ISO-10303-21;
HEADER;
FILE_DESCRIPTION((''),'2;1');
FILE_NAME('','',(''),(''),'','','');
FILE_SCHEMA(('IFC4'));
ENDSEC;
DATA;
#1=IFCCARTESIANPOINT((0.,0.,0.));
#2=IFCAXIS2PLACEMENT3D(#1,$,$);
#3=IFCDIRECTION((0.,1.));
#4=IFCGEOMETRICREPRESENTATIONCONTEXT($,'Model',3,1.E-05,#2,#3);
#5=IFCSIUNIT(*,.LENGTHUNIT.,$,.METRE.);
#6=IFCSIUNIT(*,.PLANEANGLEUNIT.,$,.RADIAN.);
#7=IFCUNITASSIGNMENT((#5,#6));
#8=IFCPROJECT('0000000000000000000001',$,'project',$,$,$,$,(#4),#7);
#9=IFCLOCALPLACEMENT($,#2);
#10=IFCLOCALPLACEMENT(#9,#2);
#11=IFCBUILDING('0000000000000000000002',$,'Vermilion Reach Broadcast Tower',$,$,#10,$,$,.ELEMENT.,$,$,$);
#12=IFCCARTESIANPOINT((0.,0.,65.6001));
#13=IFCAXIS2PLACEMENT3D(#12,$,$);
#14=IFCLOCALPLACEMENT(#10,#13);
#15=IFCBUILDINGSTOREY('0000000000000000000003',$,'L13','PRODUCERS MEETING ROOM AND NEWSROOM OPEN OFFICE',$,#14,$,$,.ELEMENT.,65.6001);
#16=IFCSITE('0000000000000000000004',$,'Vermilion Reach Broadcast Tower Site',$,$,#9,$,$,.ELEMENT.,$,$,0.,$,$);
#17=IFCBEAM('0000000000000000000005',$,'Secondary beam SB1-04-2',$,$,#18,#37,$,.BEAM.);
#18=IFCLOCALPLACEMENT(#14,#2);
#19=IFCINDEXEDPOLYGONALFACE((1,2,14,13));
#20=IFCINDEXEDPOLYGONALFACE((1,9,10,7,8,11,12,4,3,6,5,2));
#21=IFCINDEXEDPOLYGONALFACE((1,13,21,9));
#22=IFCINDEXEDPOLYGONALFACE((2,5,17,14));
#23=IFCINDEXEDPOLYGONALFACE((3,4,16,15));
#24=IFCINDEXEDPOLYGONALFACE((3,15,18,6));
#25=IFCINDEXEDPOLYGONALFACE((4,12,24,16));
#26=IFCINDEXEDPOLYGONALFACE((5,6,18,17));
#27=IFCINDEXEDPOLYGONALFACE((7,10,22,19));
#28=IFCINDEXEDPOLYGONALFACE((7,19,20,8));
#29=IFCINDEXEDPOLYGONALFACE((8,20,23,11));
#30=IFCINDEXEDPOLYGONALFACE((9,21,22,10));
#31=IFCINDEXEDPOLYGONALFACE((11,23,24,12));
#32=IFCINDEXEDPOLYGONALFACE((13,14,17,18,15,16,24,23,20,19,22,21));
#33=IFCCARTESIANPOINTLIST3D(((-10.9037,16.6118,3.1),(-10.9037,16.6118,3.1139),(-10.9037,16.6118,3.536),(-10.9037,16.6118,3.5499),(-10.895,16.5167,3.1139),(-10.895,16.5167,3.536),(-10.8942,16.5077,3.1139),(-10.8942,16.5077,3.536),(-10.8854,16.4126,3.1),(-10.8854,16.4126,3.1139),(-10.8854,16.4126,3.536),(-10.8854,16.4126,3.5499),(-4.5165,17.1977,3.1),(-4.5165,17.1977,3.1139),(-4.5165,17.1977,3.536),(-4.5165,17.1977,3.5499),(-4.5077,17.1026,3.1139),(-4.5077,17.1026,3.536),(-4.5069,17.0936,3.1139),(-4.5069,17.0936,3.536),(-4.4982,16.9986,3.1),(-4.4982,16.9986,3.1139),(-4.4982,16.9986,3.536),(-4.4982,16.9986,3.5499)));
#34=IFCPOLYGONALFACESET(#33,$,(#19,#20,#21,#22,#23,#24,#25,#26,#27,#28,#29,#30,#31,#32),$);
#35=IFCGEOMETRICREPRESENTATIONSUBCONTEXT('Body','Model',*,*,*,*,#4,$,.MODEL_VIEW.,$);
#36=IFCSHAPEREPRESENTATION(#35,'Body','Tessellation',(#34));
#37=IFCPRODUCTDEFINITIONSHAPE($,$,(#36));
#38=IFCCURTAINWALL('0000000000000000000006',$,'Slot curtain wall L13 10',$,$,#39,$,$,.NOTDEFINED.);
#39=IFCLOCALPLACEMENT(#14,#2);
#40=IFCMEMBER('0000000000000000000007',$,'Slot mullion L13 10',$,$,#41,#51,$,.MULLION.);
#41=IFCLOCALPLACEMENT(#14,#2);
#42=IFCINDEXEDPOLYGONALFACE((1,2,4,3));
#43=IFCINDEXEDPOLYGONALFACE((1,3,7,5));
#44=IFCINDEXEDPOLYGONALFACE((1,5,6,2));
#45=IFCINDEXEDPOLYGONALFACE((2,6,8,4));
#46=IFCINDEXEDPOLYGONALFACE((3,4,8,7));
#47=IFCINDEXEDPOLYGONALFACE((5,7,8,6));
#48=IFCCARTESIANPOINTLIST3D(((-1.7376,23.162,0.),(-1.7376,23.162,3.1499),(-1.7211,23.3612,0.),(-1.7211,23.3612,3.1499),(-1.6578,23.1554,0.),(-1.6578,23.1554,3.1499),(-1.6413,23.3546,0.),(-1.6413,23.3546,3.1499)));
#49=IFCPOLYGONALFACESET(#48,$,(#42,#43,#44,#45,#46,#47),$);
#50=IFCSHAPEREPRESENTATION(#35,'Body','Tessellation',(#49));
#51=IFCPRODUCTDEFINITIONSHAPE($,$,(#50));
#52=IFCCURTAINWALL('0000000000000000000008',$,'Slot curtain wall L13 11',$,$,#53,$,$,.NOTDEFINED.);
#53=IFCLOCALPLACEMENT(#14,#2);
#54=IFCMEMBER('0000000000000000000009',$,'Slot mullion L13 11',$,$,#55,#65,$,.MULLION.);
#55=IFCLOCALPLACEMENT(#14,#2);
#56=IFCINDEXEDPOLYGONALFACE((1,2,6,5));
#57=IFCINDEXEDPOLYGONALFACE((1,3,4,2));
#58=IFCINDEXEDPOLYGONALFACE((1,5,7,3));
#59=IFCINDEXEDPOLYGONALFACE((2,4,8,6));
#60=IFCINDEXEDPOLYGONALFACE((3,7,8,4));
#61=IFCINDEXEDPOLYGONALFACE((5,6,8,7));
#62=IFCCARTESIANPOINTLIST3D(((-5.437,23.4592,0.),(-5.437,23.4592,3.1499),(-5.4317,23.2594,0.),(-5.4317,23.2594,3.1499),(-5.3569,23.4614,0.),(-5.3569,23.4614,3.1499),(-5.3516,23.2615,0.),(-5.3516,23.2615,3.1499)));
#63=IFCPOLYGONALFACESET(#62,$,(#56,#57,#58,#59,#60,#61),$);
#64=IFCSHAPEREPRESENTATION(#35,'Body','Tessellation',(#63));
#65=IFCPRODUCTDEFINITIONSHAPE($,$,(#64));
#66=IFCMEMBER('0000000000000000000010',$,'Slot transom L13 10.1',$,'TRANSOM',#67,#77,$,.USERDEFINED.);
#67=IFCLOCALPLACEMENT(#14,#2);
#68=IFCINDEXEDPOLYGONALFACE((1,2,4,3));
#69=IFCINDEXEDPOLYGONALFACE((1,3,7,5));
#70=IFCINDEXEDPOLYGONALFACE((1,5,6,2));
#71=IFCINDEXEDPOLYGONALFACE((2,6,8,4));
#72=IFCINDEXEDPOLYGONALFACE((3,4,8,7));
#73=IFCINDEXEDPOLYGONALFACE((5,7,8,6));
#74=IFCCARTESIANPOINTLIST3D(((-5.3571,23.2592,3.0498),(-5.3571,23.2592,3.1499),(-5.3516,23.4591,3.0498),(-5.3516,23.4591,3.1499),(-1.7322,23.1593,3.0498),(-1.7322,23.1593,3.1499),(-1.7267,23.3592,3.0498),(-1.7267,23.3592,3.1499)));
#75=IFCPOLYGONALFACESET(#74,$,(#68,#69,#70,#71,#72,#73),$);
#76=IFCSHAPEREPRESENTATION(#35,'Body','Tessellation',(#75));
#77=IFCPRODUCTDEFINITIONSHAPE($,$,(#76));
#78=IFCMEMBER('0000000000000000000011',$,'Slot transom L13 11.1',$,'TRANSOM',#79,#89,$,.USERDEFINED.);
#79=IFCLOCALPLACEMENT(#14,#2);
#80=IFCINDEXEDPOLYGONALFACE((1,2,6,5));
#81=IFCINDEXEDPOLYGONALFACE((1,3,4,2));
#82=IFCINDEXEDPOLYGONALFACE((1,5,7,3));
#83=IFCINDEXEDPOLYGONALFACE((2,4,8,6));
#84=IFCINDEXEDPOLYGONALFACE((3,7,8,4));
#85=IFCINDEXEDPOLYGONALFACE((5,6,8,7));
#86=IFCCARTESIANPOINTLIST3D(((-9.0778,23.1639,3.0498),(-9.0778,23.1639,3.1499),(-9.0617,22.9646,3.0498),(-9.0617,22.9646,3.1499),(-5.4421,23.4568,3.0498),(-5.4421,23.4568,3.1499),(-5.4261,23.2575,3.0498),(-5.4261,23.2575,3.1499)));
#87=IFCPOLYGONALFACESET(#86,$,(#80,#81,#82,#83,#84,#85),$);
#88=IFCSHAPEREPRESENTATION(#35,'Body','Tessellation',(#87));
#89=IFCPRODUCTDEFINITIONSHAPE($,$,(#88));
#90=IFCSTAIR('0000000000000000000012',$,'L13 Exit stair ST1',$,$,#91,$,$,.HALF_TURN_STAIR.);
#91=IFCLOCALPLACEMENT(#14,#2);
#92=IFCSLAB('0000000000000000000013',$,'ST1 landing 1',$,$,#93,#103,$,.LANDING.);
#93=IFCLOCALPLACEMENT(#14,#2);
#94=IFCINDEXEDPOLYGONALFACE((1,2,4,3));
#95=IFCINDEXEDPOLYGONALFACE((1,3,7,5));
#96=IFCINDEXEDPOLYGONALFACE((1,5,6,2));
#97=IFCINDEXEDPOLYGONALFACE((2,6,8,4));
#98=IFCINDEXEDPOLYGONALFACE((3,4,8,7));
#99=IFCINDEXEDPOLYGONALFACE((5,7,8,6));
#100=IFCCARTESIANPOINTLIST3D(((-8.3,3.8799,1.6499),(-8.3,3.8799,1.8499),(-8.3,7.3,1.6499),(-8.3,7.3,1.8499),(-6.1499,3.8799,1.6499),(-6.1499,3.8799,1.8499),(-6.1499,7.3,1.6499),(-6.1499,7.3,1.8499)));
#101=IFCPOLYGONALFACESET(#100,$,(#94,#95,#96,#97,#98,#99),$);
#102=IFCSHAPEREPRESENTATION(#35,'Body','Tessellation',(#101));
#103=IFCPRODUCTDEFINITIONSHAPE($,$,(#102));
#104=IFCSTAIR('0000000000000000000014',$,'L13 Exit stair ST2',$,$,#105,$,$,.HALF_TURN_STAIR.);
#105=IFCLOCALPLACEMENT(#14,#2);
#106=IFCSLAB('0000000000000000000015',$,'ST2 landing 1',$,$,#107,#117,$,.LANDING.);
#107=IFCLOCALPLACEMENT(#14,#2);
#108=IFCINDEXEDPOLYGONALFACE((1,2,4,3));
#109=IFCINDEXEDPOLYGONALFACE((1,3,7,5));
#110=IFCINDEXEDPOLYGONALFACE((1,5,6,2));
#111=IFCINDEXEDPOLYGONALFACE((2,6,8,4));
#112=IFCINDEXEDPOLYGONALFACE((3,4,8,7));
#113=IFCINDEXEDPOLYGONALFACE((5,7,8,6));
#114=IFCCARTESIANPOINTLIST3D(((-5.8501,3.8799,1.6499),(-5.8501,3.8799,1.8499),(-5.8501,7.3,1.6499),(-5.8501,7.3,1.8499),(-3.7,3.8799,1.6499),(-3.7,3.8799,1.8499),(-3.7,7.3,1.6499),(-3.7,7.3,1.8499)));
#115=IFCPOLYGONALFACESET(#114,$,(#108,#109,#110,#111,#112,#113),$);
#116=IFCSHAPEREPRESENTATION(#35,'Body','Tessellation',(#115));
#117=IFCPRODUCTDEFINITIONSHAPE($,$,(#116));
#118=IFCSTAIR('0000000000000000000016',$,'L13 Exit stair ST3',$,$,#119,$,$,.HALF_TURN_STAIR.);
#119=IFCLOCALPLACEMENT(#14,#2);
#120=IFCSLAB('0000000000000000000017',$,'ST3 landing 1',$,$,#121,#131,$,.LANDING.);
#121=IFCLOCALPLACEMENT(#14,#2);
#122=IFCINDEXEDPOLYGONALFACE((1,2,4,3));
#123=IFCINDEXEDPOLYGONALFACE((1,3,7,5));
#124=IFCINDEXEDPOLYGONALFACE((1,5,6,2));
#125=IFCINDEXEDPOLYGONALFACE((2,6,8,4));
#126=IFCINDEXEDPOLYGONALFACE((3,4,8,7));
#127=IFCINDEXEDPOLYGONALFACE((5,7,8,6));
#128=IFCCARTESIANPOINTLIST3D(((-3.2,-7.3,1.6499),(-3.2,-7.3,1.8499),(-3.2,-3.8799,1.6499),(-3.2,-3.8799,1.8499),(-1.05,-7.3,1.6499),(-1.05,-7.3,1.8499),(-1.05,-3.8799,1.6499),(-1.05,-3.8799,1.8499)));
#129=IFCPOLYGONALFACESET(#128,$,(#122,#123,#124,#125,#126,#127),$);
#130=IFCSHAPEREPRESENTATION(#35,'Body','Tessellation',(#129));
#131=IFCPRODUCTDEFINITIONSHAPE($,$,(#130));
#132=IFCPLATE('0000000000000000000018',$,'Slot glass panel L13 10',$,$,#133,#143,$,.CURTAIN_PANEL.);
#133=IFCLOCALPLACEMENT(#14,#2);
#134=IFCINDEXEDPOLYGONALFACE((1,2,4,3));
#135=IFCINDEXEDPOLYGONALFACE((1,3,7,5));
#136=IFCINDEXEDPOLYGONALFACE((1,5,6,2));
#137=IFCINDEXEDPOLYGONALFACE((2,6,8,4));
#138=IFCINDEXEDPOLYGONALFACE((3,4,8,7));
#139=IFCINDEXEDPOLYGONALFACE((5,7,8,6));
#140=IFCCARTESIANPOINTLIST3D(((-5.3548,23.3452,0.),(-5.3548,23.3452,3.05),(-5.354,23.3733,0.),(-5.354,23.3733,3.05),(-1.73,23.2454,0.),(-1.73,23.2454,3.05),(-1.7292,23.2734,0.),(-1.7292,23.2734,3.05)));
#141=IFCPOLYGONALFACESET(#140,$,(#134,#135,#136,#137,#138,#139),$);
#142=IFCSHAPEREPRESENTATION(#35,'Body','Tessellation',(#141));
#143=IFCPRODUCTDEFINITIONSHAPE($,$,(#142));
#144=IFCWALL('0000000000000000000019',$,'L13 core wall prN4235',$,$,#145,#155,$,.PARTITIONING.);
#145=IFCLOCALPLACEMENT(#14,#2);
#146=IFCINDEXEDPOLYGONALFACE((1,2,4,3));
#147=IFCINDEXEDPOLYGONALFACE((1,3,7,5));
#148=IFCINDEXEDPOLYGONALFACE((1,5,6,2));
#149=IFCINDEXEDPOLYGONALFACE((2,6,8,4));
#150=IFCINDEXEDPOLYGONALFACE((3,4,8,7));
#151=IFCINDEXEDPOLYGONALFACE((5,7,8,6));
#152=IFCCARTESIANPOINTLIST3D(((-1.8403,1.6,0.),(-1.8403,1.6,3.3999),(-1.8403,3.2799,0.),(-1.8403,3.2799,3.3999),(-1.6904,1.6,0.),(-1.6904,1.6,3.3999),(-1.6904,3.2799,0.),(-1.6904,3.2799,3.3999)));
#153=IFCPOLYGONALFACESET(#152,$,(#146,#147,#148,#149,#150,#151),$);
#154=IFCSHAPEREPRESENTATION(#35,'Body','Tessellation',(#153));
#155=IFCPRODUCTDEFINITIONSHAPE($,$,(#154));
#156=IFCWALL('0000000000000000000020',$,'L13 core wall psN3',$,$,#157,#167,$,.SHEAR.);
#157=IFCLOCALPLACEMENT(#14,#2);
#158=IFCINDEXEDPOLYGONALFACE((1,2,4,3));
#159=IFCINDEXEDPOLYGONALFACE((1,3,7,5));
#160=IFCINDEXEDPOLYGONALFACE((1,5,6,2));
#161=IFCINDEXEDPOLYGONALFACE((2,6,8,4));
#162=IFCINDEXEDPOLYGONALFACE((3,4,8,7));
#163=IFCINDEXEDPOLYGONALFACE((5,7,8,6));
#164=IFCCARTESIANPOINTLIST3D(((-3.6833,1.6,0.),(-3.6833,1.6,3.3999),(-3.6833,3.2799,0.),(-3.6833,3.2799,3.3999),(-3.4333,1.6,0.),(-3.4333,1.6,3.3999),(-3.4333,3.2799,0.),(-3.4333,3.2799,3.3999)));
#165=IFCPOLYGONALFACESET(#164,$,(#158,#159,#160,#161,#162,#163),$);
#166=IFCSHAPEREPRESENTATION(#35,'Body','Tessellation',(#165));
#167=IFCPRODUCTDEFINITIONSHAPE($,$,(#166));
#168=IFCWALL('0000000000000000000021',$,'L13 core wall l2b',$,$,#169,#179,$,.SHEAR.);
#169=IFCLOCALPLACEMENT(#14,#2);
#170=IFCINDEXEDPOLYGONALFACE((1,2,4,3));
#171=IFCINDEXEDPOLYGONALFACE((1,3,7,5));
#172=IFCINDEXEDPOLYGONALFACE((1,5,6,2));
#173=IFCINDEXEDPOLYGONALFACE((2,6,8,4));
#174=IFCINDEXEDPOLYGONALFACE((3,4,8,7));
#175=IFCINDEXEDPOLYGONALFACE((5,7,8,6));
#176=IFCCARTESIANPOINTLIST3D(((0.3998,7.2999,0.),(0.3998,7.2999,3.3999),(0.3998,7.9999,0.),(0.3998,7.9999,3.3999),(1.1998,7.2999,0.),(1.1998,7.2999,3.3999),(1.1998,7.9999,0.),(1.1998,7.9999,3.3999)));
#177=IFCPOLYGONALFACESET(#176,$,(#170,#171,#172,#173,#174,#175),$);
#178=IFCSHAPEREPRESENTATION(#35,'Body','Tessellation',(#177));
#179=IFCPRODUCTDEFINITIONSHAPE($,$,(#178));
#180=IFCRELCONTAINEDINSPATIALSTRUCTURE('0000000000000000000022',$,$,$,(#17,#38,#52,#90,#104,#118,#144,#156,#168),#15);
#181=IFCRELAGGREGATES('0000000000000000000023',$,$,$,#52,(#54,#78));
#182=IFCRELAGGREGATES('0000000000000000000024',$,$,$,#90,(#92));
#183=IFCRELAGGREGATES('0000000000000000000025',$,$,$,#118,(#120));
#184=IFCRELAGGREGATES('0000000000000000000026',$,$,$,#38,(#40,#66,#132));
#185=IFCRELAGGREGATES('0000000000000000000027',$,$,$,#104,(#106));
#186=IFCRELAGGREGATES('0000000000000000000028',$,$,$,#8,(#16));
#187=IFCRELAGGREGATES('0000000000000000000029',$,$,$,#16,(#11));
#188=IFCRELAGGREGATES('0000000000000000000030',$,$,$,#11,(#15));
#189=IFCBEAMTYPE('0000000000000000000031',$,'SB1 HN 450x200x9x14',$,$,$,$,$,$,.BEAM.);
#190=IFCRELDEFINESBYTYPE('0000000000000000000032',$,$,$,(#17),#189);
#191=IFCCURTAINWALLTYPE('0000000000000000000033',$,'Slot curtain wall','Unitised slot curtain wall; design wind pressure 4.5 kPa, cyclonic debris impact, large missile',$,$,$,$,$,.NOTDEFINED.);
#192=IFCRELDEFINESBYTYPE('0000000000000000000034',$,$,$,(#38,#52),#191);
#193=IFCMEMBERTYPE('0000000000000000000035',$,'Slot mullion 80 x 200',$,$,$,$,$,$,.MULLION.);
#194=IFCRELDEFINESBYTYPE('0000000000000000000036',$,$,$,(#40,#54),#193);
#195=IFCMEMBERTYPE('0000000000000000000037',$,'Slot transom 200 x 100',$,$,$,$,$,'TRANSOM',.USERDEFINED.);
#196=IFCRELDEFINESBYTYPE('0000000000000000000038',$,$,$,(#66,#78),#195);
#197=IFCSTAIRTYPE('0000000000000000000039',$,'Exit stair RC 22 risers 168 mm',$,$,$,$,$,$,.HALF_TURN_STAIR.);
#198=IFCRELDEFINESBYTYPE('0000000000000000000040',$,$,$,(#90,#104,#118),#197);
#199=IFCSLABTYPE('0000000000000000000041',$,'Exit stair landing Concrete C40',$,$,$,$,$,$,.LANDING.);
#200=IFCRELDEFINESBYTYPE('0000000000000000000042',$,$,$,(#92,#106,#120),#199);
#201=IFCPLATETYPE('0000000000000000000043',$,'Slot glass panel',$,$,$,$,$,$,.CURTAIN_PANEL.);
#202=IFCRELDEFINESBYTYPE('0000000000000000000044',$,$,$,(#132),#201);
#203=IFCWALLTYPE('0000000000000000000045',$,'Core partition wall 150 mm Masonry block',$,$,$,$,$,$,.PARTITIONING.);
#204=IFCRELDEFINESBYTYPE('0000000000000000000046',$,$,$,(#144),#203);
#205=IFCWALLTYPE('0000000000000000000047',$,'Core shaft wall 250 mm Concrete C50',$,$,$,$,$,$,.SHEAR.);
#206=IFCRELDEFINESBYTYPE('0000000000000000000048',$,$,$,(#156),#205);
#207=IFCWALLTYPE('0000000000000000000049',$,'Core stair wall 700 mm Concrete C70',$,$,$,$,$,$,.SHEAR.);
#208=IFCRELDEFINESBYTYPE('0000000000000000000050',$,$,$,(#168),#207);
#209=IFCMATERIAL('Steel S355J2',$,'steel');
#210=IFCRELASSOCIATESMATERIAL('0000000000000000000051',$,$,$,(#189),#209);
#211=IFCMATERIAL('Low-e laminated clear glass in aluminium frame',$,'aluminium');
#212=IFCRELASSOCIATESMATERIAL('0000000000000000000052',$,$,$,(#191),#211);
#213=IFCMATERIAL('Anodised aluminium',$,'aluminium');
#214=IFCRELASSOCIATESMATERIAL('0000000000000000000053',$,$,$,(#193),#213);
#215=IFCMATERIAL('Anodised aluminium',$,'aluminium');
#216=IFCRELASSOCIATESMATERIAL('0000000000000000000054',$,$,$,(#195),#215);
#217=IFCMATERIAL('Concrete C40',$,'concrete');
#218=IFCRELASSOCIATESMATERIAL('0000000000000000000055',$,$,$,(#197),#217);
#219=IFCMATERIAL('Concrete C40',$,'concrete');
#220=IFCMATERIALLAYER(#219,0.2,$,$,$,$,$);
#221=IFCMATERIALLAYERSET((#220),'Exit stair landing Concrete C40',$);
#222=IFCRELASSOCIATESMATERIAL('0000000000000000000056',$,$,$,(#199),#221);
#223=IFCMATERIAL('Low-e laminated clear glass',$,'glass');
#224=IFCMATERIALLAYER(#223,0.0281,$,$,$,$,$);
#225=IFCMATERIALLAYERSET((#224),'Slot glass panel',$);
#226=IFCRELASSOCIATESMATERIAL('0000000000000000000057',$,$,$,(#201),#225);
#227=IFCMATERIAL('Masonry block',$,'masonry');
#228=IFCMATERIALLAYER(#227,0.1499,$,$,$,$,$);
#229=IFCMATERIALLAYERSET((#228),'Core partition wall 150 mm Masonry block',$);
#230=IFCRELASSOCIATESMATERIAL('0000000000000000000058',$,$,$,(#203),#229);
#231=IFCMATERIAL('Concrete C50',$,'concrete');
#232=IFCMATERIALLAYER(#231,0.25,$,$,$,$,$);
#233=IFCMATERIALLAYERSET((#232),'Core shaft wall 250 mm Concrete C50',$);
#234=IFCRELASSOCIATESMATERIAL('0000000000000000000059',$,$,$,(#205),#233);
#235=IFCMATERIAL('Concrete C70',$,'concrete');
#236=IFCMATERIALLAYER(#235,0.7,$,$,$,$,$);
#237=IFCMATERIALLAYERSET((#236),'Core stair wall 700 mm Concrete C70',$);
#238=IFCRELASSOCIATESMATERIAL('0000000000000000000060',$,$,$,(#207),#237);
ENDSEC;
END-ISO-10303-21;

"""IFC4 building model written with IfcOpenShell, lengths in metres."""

from ifc_helpers import new_model, si_unit, direction, frame, frame_2d, origin, origin_2d, place, context, subcontext, project, spatial, polyline, rectangle, i_section, outline, extrude, material, layer, layer_set, material_profile, profile_set, type_object, element, aggregate, save


model = new_model("IFC4")

# Units and contexts
model_context = context("Model", 3, precision=1e-05, world=origin(), true_north=direction((0.0, 1.0)))
body_context = subcontext(model_context, "Body", "Model", "MODEL_VIEW")
ifc_project = project(units=[si_unit("LENGTHUNIT", "METRE"), si_unit("PLANEANGLEUNIT", "RADIAN")], contexts=[model_context])

# Site, building, storey
site_placement = place(None, origin())
site = spatial("IfcSite", under=ifc_project, at=site_placement, Name="Vermilion Reach Broadcast Tower Site", CompositionType="ELEMENT", RefElevation=0.0)
building_placement = place(site_placement, origin())
building = spatial("IfcBuilding", under=site, at=building_placement, Name="Vermilion Reach Broadcast Tower", CompositionType="ELEMENT")
storey_placement = place(building_placement, frame((0.0, 0.0, 65.6001)))
storey = spatial("IfcBuildingStorey", under=building, at=storey_placement, Name="L13", Description="PRODUCERS MEETING ROOM AND NEWSROOM OPEN OFFICE", CompositionType="ELEMENT", Elevation=65.6001)

# Beam
ifc_material_1 = material(Name="Steel S355J2", Category="steel")
ifc_material_profile_1 = material_profile(ifc_material_1, i_section(OverallWidth=0.2, OverallDepth=0.45, WebThickness=0.009, FlangeThickness=0.0139, at=origin_2d()), Name="S355J2 HN 450x200x9x14")
ifc_profile_set_1 = profile_set([ifc_material_profile_1], Name="Steel S355J2")
beam_type_1 = type_object("IfcBeamType", Name="SB1 HN 450x200x9x14", PredefinedType="BEAM", material=ifc_profile_set_1)
beam_1_placement = place(storey_placement, frame((-4.5073, 17.0981, 3.325), z_axis=(-0.995819, -0.091353, 0.0), x_axis=(0.091353, -0.995819, 0.0)))
element("IfcBeam", 1, at=beam_1_placement, inside=storey, type_object=beam_type_1, Name="Secondary beam SB1-04-2", PredefinedType="BEAM", context=body_context, shape_type="SweptSolid", body=[
    extrude(i_section(OverallWidth=0.2, OverallDepth=0.45, WebThickness=0.009, FlangeThickness=0.0139, at=origin_2d()), origin(), (0.0, 0.0, 1.0), 6.4141),
])

# Curtain walls, members
ifc_material_2 = material(Name="Low-e laminated clear glass in aluminium frame", Category="aluminium")
curtain_wall_type = type_object("IfcCurtainWallType", Name="Slot curtain wall", Description="Unitised slot curtain wall; design wind pressure 4.5 kPa, cyclonic debris impact, large missile", PredefinedType="NOTDEFINED", material=ifc_material_2)
placement_1 = place(storey_placement, origin())
curtain_wall_1 = element("IfcCurtainWall", 2, at=placement_1, inside=storey, type_object=curtain_wall_type, Name="Slot curtain wall L13 10", PredefinedType="NOTDEFINED")
ifc_material_3 = material(Name="Anodised aluminium", Category="aluminium")
ifc_material_profile_2 = material_profile(ifc_material_3, rectangle(XDim=0.2, YDim=0.0801, at=origin_2d()), Name="Slot mullion 80 x 200")
ifc_profile_set_2 = profile_set([ifc_material_profile_2], Name="Anodised aluminium")
member_type_1 = type_object("IfcMemberType", Name="Slot mullion 80 x 200", PredefinedType="MULLION", material=ifc_profile_set_2)
member_1_placement = place(storey_placement, frame((-1.6895, 23.2583, 0.0), z_axis=(0.0, 0.0, 1.0), x_axis=(-0.082304, -0.996607, 0.0)))
member_1 = element("IfcMember", 3, at=member_1_placement, type_object=member_type_1, Name="Slot mullion L13 10", PredefinedType="MULLION", context=body_context, shape_type="SweptSolid", body=[
    extrude(rectangle(XDim=0.2, YDim=0.0801, at=origin_2d()), origin(), (0.0, 0.0, 1.0), 3.1499),
])
curtain_wall_2 = element("IfcCurtainWall", 4, at=placement_1, inside=storey, type_object=curtain_wall_type, Name="Slot curtain wall L13 11", PredefinedType="NOTDEFINED")
member_2_placement = place(storey_placement, frame((-5.3943, 23.3604, 0.0), z_axis=(0.0, 0.0, 1.0), x_axis=(0.026422, -0.999651, 0.0)))
member_2 = element("IfcMember", 5, at=member_2_placement, type_object=member_type_1, Name="Slot mullion L13 11", PredefinedType="MULLION", context=body_context, shape_type="SweptSolid", body=[
    extrude(rectangle(XDim=0.2, YDim=0.0801, at=origin_2d()), origin(), (0.0, 0.0, 1.0), 3.1499),
])

# Members
ifc_material_4 = material(Name="Anodised aluminium", Category="aluminium")
ifc_material_profile_3 = material_profile(ifc_material_4, rectangle(XDim=0.2, YDim=0.1001, at=origin_2d()), Name="Slot transom 200 x 100")
ifc_profile_set_3 = profile_set([ifc_material_profile_3], Name="Anodised aluminium")
member_type_2 = type_object("IfcMemberType", Name="Slot transom 200 x 100", ElementType="TRANSOM", PredefinedType="USERDEFINED", material=ifc_profile_set_3)
member_3_placement = place(storey_placement, frame((-1.7295, 23.2593, 3.0999), z_axis=(-0.999621, 0.027537, 0.0), x_axis=(-0.027537, -0.999621, 0.0)))
member_3 = element("IfcMember", 6, at=member_3_placement, type_object=member_type_2, Name="Slot transom L13 10.1", ObjectType="TRANSOM", PredefinedType="USERDEFINED", context=body_context, shape_type="SweptSolid", body=[
    extrude(rectangle(XDim=0.2, YDim=0.1001, at=origin_2d()), origin(), (0.0, 0.0, 1.0), 3.6262),
])
member_4_placement = place(storey_placement, frame((-5.4341, 23.3572, 3.0999), z_axis=(-0.996769, -0.08032, 0.0), x_axis=(0.08032, -0.996769, 0.0)))
member_4 = element("IfcMember", 7, at=member_4_placement, type_object=member_type_2, Name="Slot transom L13 11.1", ObjectType="TRANSOM", PredefinedType="USERDEFINED", context=body_context, shape_type="SweptSolid", body=[
    extrude(rectangle(XDim=0.2, YDim=0.1001, at=origin_2d()), origin(), (0.0, 0.0, 1.0), 3.6475),
])
aggregate(curtain_wall_2, [member_2, member_4])

# Stairs, slabs
ifc_material_5 = material(Name="Concrete C40", Category="concrete")
stair_type = type_object("IfcStairType", Name="Exit stair RC 22 risers 168 mm", PredefinedType="HALF_TURN_STAIR", material=ifc_material_5)
stair_1 = element("IfcStair", 8, at=placement_1, inside=storey, type_object=stair_type, Name="L13 Exit stair ST1", PredefinedType="HALF_TURN_STAIR")
ifc_material_6 = material(Name="Concrete C40", Category="concrete")
ifc_layer_1 = layer(ifc_material_6, 0.2)
ifc_layer_set_1 = layer_set([ifc_layer_1], Name="Exit stair landing Concrete C40")
slab_type = type_object("IfcSlabType", Name="Exit stair landing Concrete C40", PredefinedType="LANDING", material=ifc_layer_set_1)
placement_2 = place(storey_placement, frame((0.0, 0.0, 1.6499)))
slab_1 = element("IfcSlab", 9, at=placement_2, type_object=slab_type, Name="ST1 landing 1", PredefinedType="LANDING", context=body_context, shape_type="SweptSolid", body=[
    extrude(outline(polyline([(-8.3, 3.8799), (-6.1499, 3.8799), (-6.1499, 7.3), (-8.3, 7.3), (-8.3, 3.8799)])), origin(), (0.0, 0.0, 1.0), 0.2),
])
aggregate(stair_1, [slab_1])
stair_2 = element("IfcStair", 10, at=placement_1, inside=storey, type_object=stair_type, Name="L13 Exit stair ST2", PredefinedType="HALF_TURN_STAIR")
slab_2 = element("IfcSlab", 11, at=placement_2, type_object=slab_type, Name="ST2 landing 1", PredefinedType="LANDING", context=body_context, shape_type="SweptSolid", body=[
    extrude(outline(polyline([(-3.7, 7.3), (-5.8501, 7.3), (-5.8501, 3.8799), (-3.7, 3.8799), (-3.7, 7.3)])), origin(), (0.0, 0.0, 1.0), 0.2),
])
stair_3 = element("IfcStair", 12, at=placement_1, inside=storey, type_object=stair_type, Name="L13 Exit stair ST3", PredefinedType="HALF_TURN_STAIR")
slab_3 = element("IfcSlab", 13, at=placement_2, type_object=slab_type, Name="ST3 landing 1", PredefinedType="LANDING", context=body_context, shape_type="SweptSolid", body=[
    extrude(outline(polyline([(-3.2, -7.3), (-1.05, -7.3), (-1.05, -3.8799), (-3.2, -3.8799), (-3.2, -7.3)])), origin(), (0.0, 0.0, 1.0), 0.2),
])
aggregate(stair_3, [slab_3])

# Plate
ifc_material_7 = material(Name="Low-e laminated clear glass", Category="glass")
ifc_layer_2 = layer(ifc_material_7, 0.0281)
ifc_layer_set_2 = layer_set([ifc_layer_2], Name="Slot glass panel")
plate_type = type_object("IfcPlateType", Name="Slot glass panel", PredefinedType="CURTAIN_PANEL", material=ifc_layer_set_2)
plate_placement = place(storey_placement, frame((-3.542, 23.3093, 0.0), z_axis=(0.0, 0.0, 1.0), x_axis=(-0.999621, 0.02753, 0.0)))
plate = element("IfcPlate", 14, at=plate_placement, type_object=plate_type, Name="Slot glass panel L13 10", PredefinedType="CURTAIN_PANEL", context=body_context, shape_type="SweptSolid", body=[
    extrude(rectangle(XDim=3.6262, YDim=0.0281, at=origin_2d()), origin(), (0.0, 0.0, 1.0), 3.05),
])
aggregate(curtain_wall_1, [member_1, member_3, plate])

# Walls
ifc_material_8 = material(Name="Masonry block", Category="masonry")
ifc_layer_3 = layer(ifc_material_8, 0.1499)
ifc_layer_set_3 = layer_set([ifc_layer_3], Name="Core partition wall 150 mm Masonry block")
wall_type_1 = type_object("IfcWallType", Name="Core partition wall 150 mm Masonry block", PredefinedType="PARTITIONING", material=ifc_layer_set_3)
wall_1_placement = place(storey_placement, frame((-1.7654, 1.6001, 0.0), z_axis=(0.0, 0.0, 1.0), x_axis=(0.0, 1.0, 0.0)))
element("IfcWall", 15, at=wall_1_placement, inside=storey, type_object=wall_type_1, Name="L13 core wall prN4235", PredefinedType="PARTITIONING", context=body_context, shape_type="SweptSolid", body=[
    extrude(rectangle(XDim=1.6799, YDim=0.1499, at=frame_2d((0.8398, 0.0))), origin(), (0.0, 0.0, 1.0), 3.3999),
])
ifc_material_9 = material(Name="Concrete C50", Category="concrete")
ifc_layer_4 = layer(ifc_material_9, 0.25)
ifc_layer_set_4 = layer_set([ifc_layer_4], Name="Core shaft wall 250 mm Concrete C50")
wall_type_2 = type_object("IfcWallType", Name="Core shaft wall 250 mm Concrete C50", PredefinedType="SHEAR", material=ifc_layer_set_4)
wall_2_placement = place(storey_placement, frame((-3.5583, 1.6001, 0.0), z_axis=(0.0, 0.0, 1.0), x_axis=(0.0, 1.0, 0.0)))
element("IfcWall", 16, at=wall_2_placement, inside=storey, type_object=wall_type_2, Name="L13 core wall psN3", PredefinedType="SHEAR", context=body_context, shape_type="SweptSolid", body=[
    extrude(rectangle(XDim=1.6799, YDim=0.25, at=frame_2d((0.8398, 0.0))), origin(), (0.0, 0.0, 1.0), 3.3999),
])
ifc_material_10 = material(Name="Concrete C70", Category="concrete")
ifc_layer_5 = layer(ifc_material_10, 0.7)
ifc_layer_set_5 = layer_set([ifc_layer_5], Name="Core stair wall 700 mm Concrete C70")
wall_type_3 = type_object("IfcWallType", Name="Core stair wall 700 mm Concrete C70", PredefinedType="SHEAR", material=ifc_layer_set_5)
wall_3_placement = place(storey_placement, frame((0.3999, 7.6499, 0.0), z_axis=(0.0, 0.0, 1.0), x_axis=(1.0, 0.0, 0.0)))
element("IfcWall", 17, at=wall_3_placement, inside=storey, type_object=wall_type_3, Name="L13 core wall l2b", PredefinedType="SHEAR", context=body_context, shape_type="SweptSolid", body=[
    extrude(rectangle(XDim=0.8, YDim=0.7, at=frame_2d((0.3999, 0.0))), origin(), (0.0, 0.0, 1.0), 3.3999),
])

aggregate(stair_2, [slab_2])

save(model, "model.ifc")
